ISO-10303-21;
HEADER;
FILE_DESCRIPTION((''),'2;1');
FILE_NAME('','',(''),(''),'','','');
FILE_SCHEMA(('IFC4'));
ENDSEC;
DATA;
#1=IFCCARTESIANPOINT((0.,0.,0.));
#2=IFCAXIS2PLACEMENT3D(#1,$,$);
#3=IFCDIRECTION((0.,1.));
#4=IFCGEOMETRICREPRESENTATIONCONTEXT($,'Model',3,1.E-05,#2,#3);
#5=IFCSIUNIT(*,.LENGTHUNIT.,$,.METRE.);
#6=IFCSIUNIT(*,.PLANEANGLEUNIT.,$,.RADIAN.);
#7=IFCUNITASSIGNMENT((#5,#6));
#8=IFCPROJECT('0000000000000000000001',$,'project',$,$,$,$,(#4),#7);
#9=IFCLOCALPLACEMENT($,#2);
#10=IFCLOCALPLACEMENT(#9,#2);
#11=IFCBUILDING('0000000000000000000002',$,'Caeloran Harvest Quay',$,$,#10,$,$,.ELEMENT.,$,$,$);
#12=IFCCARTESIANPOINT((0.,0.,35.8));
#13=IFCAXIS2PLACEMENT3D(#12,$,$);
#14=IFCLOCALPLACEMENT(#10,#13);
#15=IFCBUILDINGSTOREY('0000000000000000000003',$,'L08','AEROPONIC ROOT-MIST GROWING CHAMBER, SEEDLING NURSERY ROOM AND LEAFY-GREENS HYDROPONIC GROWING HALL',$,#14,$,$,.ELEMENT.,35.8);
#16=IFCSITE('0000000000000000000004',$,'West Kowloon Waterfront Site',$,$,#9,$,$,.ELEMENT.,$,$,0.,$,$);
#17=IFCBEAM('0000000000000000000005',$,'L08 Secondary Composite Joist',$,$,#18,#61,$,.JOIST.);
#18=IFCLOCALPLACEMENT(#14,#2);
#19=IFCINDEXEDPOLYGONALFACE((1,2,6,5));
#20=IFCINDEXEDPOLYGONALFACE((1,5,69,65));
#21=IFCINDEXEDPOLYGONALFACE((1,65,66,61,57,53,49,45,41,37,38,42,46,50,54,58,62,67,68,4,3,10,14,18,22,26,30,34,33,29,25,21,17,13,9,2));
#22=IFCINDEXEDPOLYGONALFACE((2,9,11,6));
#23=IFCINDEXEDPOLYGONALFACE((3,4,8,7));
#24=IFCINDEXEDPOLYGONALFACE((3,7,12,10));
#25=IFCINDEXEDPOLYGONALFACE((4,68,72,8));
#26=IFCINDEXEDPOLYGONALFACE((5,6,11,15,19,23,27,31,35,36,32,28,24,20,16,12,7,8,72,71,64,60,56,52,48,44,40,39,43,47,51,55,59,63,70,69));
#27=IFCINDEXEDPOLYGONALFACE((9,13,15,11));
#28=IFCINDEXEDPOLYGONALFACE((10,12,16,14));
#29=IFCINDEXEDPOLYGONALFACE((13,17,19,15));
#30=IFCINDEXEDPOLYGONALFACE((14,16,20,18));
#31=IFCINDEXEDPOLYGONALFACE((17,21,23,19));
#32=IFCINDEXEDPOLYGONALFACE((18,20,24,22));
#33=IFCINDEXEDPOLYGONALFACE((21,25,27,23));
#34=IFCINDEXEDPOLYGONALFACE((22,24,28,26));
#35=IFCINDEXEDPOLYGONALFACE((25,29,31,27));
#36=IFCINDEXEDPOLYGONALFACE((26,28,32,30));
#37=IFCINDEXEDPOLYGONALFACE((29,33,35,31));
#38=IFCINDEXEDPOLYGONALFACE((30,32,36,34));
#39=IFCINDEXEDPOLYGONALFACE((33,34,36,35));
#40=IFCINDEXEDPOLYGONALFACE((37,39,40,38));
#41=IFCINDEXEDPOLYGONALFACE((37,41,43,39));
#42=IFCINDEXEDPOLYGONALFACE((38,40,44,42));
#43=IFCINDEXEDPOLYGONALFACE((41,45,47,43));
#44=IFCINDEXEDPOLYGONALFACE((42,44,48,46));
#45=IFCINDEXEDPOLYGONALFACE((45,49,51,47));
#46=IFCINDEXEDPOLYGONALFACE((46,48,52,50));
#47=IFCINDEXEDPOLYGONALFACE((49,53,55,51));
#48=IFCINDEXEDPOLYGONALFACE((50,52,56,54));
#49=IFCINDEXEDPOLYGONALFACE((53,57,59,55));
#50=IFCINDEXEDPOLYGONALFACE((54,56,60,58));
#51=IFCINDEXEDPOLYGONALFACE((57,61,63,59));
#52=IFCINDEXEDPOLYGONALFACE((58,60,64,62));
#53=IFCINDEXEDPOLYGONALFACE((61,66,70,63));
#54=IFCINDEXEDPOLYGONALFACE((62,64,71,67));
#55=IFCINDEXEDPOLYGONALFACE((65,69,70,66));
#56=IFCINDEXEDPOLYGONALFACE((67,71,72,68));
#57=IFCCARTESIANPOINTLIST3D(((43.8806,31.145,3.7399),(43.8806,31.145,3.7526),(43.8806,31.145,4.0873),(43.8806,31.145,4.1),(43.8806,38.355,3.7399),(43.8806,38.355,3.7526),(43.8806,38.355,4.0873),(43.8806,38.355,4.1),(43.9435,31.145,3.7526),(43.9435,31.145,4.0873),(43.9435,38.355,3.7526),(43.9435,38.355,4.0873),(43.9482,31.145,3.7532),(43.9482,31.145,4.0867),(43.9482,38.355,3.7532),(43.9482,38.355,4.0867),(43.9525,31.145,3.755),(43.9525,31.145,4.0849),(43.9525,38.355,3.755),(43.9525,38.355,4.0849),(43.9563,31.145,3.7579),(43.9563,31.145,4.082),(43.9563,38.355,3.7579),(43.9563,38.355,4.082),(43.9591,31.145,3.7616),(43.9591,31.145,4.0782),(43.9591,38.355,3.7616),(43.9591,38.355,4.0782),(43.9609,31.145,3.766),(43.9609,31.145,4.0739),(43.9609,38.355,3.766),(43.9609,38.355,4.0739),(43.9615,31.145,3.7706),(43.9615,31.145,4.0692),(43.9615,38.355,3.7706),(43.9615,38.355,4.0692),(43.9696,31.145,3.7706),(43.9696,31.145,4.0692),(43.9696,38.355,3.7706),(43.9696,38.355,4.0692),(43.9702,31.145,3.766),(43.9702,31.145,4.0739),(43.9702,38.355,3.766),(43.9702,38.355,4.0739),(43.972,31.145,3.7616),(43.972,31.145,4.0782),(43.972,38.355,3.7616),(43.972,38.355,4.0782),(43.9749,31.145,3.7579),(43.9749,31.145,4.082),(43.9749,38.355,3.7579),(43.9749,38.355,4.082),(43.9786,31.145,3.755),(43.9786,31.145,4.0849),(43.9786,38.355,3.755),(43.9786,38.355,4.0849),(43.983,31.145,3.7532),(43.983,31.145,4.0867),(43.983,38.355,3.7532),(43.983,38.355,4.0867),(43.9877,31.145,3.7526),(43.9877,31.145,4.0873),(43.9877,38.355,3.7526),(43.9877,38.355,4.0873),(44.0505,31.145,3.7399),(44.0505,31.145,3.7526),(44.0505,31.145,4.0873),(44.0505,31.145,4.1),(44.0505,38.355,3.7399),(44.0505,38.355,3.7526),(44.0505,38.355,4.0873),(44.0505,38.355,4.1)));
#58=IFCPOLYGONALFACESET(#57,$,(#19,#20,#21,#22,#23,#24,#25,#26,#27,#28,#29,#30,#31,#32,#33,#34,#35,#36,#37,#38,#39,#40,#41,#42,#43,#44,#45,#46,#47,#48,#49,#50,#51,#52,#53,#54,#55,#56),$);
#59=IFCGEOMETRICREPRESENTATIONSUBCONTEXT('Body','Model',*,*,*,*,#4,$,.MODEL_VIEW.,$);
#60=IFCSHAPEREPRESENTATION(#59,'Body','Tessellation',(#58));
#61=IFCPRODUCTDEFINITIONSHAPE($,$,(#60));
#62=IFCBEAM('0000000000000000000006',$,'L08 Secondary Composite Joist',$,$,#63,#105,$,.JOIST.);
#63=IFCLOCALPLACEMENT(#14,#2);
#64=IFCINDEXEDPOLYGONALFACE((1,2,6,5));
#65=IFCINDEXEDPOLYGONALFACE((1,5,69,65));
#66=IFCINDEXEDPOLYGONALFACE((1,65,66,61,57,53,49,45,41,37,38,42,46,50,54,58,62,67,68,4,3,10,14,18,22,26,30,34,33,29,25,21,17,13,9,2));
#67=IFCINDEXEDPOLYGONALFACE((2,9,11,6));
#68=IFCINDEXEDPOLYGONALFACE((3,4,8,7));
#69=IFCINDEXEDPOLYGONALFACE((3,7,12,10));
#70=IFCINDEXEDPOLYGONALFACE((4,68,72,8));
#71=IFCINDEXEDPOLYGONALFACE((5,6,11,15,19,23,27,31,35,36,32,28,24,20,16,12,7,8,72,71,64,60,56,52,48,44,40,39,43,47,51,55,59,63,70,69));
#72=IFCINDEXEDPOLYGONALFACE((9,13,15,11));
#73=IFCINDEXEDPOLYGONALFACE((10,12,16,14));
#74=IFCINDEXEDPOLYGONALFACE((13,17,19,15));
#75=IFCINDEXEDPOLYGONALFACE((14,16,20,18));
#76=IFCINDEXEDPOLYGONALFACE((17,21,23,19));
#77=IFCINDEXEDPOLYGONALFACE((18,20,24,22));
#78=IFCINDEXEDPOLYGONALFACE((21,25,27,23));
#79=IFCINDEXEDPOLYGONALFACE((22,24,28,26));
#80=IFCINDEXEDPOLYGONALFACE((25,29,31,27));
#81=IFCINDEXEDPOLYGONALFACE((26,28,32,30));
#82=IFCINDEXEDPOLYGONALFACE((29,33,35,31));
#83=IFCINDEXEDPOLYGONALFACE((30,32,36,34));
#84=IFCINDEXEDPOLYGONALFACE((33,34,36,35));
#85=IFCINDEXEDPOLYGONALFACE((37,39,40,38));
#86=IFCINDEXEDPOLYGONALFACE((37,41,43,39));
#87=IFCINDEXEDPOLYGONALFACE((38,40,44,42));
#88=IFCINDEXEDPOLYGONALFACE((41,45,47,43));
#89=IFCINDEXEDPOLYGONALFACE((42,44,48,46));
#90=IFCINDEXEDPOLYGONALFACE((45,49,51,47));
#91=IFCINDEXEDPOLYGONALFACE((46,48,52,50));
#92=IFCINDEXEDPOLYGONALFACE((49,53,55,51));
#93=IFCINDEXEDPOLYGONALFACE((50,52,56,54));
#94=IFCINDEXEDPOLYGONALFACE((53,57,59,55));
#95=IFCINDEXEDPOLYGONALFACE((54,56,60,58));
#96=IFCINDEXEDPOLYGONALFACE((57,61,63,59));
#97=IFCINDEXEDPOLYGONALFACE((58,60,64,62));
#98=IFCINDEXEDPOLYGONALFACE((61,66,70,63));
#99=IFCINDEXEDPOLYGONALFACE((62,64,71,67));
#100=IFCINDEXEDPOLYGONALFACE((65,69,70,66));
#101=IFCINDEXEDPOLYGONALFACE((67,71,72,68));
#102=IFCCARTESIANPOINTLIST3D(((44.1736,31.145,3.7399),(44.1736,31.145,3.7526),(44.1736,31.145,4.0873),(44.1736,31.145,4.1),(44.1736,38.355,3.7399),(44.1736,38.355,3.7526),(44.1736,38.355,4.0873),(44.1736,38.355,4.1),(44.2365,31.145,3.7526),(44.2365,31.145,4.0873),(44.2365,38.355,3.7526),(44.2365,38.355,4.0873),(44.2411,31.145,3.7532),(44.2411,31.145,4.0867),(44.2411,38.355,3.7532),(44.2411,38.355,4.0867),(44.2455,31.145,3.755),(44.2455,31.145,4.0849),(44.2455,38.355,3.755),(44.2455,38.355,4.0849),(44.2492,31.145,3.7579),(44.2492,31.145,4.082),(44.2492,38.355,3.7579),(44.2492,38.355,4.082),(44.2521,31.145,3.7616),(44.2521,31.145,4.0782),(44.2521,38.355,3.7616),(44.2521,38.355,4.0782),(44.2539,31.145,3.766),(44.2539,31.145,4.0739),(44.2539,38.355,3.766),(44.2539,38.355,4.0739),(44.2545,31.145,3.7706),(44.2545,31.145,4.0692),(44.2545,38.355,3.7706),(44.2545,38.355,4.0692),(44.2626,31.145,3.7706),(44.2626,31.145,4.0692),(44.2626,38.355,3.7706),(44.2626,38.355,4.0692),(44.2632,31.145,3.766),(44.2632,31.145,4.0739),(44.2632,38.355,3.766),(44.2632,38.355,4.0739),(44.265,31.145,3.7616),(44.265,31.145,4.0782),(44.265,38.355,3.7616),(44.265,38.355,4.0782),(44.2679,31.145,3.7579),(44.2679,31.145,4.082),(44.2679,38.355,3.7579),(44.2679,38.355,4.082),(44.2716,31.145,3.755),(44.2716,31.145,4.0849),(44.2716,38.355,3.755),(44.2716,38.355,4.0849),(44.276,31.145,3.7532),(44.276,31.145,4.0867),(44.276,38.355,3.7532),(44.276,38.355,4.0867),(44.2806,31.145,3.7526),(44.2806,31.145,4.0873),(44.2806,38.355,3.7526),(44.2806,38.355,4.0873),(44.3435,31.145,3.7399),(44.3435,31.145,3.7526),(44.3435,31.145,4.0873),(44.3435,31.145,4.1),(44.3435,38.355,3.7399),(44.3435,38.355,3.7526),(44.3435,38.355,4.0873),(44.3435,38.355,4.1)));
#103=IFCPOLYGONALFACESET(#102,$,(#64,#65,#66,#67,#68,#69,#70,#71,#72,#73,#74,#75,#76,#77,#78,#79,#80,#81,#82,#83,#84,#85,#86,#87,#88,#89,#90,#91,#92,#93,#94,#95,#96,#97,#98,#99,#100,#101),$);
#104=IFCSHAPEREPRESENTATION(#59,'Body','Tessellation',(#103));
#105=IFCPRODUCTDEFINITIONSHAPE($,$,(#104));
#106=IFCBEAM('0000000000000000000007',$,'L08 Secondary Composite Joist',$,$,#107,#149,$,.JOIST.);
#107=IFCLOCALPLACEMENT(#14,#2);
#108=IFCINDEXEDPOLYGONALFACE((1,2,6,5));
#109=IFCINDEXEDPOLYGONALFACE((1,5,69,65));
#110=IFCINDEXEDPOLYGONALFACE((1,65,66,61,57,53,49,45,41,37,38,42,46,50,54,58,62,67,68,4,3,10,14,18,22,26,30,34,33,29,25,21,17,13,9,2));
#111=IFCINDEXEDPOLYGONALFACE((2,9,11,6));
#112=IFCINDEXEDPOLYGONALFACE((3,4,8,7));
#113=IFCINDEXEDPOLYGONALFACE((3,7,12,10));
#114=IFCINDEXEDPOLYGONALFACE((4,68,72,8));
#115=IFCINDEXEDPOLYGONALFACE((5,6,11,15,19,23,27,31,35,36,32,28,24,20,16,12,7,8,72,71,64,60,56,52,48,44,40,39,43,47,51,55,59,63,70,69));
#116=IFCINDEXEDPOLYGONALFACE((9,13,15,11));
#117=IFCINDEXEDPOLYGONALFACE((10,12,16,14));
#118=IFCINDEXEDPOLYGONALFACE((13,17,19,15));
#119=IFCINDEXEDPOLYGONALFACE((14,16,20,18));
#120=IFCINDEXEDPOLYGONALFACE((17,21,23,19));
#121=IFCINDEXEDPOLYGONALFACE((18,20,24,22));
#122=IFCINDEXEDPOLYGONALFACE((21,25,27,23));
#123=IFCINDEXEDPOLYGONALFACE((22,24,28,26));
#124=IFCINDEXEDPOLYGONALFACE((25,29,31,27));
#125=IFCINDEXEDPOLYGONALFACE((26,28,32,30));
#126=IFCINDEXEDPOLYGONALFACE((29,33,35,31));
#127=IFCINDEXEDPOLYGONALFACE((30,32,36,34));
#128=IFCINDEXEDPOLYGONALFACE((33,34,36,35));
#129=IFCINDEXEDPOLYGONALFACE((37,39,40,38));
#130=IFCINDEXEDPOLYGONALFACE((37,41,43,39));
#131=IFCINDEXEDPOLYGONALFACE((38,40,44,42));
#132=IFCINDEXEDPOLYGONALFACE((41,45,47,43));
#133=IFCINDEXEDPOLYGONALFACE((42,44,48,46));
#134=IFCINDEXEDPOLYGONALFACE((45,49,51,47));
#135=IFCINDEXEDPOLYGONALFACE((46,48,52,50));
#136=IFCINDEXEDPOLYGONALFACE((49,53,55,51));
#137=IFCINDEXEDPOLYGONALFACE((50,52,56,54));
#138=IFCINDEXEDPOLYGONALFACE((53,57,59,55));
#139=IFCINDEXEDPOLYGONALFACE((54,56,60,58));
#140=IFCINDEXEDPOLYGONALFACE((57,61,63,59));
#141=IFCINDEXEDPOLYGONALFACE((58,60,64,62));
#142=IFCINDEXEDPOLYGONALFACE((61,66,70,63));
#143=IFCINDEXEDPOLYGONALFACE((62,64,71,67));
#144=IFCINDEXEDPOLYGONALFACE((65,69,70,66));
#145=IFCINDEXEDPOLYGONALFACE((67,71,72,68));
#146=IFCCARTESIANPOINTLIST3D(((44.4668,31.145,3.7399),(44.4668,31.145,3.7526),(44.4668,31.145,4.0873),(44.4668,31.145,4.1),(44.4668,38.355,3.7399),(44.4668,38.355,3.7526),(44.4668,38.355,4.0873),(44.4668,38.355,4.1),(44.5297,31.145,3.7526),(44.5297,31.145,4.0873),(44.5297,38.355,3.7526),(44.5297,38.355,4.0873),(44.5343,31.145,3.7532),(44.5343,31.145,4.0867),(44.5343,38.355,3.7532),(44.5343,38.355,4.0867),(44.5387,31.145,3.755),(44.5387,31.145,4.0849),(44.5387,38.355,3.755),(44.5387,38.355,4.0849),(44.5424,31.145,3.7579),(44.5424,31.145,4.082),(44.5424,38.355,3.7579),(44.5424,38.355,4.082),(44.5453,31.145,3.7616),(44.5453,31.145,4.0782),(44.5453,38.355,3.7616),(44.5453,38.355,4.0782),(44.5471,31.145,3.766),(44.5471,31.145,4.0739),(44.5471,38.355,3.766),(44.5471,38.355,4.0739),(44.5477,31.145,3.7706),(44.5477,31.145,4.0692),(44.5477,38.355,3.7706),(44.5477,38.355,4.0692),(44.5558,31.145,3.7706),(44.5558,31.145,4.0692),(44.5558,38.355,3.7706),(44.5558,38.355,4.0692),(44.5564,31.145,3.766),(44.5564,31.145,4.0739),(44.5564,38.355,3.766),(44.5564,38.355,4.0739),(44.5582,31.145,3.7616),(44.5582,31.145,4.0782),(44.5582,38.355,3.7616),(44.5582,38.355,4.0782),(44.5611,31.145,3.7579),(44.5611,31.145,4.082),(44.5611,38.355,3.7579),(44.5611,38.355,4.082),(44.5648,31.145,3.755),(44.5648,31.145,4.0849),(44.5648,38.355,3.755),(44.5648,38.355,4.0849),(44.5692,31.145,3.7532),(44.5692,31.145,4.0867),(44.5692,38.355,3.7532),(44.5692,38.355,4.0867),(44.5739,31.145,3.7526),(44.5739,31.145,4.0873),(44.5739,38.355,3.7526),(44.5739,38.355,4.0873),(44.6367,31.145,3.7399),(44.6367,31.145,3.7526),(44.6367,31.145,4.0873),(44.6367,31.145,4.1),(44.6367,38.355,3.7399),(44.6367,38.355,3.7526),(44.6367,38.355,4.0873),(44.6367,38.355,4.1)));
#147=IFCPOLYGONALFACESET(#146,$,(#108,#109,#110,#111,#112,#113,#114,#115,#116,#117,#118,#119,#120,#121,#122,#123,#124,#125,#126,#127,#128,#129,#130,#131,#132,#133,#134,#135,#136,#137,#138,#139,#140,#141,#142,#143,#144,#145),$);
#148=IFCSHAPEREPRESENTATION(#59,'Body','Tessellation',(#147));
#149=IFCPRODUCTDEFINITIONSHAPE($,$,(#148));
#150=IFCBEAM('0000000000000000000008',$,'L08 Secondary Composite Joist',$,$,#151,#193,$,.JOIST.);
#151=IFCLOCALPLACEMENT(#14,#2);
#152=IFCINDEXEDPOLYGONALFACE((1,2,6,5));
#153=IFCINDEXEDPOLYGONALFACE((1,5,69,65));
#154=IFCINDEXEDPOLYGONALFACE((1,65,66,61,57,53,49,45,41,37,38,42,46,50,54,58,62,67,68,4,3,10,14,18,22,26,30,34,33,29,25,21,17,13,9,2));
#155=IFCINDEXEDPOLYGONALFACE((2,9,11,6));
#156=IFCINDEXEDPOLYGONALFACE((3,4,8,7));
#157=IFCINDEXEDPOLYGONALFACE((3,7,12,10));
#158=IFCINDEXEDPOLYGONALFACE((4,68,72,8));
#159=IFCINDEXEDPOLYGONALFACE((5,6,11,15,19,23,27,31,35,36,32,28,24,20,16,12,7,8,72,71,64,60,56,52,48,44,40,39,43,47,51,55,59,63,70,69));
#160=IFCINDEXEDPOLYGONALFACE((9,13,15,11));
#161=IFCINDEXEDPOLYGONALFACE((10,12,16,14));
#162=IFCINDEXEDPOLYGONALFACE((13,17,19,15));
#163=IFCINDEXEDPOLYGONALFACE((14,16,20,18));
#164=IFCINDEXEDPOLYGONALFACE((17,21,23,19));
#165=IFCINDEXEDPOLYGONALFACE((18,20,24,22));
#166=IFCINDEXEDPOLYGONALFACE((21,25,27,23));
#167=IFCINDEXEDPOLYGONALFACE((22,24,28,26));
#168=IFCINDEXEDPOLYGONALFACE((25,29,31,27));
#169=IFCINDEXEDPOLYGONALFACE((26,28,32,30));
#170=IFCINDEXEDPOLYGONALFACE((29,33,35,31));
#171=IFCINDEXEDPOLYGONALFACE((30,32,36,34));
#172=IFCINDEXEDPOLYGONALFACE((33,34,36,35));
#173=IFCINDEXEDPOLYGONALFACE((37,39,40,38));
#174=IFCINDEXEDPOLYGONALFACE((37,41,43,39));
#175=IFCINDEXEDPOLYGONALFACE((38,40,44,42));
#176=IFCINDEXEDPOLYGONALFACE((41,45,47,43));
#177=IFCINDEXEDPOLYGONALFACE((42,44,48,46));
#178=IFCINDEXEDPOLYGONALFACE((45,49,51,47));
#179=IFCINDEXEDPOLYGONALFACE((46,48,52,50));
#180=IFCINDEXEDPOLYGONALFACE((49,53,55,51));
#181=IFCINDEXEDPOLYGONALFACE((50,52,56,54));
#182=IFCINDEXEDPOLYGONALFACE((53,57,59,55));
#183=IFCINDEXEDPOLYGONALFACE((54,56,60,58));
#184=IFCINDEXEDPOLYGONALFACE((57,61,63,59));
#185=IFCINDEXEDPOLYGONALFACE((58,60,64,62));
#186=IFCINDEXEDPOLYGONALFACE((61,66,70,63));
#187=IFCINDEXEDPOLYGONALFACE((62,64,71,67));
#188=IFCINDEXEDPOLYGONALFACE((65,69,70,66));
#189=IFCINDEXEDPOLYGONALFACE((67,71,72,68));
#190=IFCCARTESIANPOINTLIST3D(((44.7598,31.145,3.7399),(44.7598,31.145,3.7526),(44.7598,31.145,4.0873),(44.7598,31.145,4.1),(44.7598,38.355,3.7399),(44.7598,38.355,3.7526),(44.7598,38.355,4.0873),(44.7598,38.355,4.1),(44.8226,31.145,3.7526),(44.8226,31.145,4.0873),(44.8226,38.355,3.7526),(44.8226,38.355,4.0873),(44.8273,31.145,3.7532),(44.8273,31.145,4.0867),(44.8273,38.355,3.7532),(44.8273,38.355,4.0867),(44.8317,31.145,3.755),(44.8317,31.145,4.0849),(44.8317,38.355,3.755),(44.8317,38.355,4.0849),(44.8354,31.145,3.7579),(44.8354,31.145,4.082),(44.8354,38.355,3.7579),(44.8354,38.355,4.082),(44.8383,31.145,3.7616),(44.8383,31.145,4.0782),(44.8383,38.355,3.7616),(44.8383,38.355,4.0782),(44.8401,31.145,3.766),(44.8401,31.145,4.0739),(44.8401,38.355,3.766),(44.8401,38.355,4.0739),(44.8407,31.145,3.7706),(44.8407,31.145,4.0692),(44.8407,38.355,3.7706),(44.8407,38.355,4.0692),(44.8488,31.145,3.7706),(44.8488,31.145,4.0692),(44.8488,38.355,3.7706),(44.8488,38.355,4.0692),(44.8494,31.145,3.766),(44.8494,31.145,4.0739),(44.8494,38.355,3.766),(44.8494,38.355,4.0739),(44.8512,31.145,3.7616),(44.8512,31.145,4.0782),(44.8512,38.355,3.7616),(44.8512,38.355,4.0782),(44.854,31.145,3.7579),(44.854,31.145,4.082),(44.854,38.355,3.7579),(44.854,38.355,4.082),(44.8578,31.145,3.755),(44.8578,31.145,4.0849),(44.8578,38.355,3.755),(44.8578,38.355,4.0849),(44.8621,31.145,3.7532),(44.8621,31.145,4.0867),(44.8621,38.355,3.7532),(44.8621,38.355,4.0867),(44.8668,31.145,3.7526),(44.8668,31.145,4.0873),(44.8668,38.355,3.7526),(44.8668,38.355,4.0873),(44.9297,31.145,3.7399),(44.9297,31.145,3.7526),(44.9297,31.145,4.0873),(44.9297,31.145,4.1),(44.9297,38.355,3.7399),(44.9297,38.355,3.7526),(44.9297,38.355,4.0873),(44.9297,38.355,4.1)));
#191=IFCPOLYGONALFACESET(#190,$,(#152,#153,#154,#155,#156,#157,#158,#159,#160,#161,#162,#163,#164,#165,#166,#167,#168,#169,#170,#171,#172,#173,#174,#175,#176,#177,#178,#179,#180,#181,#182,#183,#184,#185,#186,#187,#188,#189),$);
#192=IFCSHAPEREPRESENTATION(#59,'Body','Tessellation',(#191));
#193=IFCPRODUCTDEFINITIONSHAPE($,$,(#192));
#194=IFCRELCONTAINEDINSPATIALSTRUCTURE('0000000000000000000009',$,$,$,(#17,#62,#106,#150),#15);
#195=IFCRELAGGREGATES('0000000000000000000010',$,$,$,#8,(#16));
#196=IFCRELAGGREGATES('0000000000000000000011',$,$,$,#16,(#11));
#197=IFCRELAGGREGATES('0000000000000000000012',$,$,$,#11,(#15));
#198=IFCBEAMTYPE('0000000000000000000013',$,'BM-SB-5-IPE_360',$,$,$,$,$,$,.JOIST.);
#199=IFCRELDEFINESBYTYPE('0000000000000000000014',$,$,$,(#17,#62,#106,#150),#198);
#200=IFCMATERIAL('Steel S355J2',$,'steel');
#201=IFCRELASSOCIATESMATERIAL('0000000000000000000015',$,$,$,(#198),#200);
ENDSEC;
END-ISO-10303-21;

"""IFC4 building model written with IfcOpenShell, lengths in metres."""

from ifc_helpers import new_model, si_unit, direction, frame, origin, origin_2d, place, context, subcontext, project, spatial, i_section, extrude, material, material_profile, profile_set, type_object, element, save


model = new_model("IFC4")

# Units and contexts
model_context = context("Model", 3, precision=1e-05, world=origin(), true_north=direction((0.0, 1.0)))
body_context = subcontext(model_context, "Body", "Model", "MODEL_VIEW")
ifc_project = project(units=[si_unit("LENGTHUNIT", "METRE"), si_unit("PLANEANGLEUNIT", "RADIAN")], contexts=[model_context])

# Site, building, storey
site_placement = place(None, origin())
site = spatial("IfcSite", under=ifc_project, at=site_placement, Name="West Kowloon Waterfront Site", CompositionType="ELEMENT", RefElevation=0.0)
building_placement = place(site_placement, origin())
building = spatial("IfcBuilding", under=site, at=building_placement, Name="Caeloran Harvest Quay", CompositionType="ELEMENT")
storey_placement = place(building_placement, frame((0.0, 0.0, 35.8)))
storey = spatial("IfcBuildingStorey", under=building, at=storey_placement, Name="L08", Description="AEROPONIC ROOT-MIST GROWING CHAMBER, SEEDLING NURSERY ROOM AND LEAFY-GREENS HYDROPONIC GROWING HALL", CompositionType="ELEMENT", Elevation=35.8)

# Beams
ifc_material_1 = material(Name="Steel S355J2", Category="steel")
ifc_material_profile_1 = material_profile(ifc_material_1, i_section(OverallWidth=0.1699, OverallDepth=0.3601, WebThickness=0.0081, FlangeThickness=0.0127, FilletRadius=0.0181, at=origin_2d()), Name="IPE 360")
ifc_profile_set_1 = profile_set([ifc_material_profile_1], Name="Steel S355J2")
beam_type_1 = type_object("IfcBeamType", Name="BM-SB-5-IPE_360", PredefinedType="JOIST", material=ifc_profile_set_1)
for number, where, z_axis, x_axis, name in (
    (1, (43.9656, 31.145, 3.9199), (0.0, 1.0, 0.0), (-1.0, 0.0, 0.0), "L08 Secondary Composite Joist"),
    (2, (44.2585, 31.145, 3.9199), (0.0, 1.0, 0.0), (-1.0, 0.0, 0.0), "L08 Secondary Composite Joist"),
    (3, (44.5518, 31.145, 3.9199), (0.0, 1.0, 0.0), (-1.0, 0.0, 0.0), "L08 Secondary Composite Joist"),
    (4, (44.8447, 31.145, 3.9199), (0.0, 1.0, 0.0), (-1.0, 0.0, 0.0), "L08 Secondary Composite Joist"),
):
    element("IfcBeam", number, at=place(storey_placement, frame(where, z_axis=z_axis, x_axis=x_axis)), inside=storey, type_object=beam_type_1, Name=name, PredefinedType="JOIST", context=body_context, shape_type="SweptSolid", body=[
        extrude(i_section(OverallWidth=0.1699, OverallDepth=0.3601, WebThickness=0.0081, FlangeThickness=0.0127, FilletRadius=0.0181, at=origin_2d()), origin(), (0.0, 0.0, 1.0), 7.21),
    ])

save(model, "model.ifc")
